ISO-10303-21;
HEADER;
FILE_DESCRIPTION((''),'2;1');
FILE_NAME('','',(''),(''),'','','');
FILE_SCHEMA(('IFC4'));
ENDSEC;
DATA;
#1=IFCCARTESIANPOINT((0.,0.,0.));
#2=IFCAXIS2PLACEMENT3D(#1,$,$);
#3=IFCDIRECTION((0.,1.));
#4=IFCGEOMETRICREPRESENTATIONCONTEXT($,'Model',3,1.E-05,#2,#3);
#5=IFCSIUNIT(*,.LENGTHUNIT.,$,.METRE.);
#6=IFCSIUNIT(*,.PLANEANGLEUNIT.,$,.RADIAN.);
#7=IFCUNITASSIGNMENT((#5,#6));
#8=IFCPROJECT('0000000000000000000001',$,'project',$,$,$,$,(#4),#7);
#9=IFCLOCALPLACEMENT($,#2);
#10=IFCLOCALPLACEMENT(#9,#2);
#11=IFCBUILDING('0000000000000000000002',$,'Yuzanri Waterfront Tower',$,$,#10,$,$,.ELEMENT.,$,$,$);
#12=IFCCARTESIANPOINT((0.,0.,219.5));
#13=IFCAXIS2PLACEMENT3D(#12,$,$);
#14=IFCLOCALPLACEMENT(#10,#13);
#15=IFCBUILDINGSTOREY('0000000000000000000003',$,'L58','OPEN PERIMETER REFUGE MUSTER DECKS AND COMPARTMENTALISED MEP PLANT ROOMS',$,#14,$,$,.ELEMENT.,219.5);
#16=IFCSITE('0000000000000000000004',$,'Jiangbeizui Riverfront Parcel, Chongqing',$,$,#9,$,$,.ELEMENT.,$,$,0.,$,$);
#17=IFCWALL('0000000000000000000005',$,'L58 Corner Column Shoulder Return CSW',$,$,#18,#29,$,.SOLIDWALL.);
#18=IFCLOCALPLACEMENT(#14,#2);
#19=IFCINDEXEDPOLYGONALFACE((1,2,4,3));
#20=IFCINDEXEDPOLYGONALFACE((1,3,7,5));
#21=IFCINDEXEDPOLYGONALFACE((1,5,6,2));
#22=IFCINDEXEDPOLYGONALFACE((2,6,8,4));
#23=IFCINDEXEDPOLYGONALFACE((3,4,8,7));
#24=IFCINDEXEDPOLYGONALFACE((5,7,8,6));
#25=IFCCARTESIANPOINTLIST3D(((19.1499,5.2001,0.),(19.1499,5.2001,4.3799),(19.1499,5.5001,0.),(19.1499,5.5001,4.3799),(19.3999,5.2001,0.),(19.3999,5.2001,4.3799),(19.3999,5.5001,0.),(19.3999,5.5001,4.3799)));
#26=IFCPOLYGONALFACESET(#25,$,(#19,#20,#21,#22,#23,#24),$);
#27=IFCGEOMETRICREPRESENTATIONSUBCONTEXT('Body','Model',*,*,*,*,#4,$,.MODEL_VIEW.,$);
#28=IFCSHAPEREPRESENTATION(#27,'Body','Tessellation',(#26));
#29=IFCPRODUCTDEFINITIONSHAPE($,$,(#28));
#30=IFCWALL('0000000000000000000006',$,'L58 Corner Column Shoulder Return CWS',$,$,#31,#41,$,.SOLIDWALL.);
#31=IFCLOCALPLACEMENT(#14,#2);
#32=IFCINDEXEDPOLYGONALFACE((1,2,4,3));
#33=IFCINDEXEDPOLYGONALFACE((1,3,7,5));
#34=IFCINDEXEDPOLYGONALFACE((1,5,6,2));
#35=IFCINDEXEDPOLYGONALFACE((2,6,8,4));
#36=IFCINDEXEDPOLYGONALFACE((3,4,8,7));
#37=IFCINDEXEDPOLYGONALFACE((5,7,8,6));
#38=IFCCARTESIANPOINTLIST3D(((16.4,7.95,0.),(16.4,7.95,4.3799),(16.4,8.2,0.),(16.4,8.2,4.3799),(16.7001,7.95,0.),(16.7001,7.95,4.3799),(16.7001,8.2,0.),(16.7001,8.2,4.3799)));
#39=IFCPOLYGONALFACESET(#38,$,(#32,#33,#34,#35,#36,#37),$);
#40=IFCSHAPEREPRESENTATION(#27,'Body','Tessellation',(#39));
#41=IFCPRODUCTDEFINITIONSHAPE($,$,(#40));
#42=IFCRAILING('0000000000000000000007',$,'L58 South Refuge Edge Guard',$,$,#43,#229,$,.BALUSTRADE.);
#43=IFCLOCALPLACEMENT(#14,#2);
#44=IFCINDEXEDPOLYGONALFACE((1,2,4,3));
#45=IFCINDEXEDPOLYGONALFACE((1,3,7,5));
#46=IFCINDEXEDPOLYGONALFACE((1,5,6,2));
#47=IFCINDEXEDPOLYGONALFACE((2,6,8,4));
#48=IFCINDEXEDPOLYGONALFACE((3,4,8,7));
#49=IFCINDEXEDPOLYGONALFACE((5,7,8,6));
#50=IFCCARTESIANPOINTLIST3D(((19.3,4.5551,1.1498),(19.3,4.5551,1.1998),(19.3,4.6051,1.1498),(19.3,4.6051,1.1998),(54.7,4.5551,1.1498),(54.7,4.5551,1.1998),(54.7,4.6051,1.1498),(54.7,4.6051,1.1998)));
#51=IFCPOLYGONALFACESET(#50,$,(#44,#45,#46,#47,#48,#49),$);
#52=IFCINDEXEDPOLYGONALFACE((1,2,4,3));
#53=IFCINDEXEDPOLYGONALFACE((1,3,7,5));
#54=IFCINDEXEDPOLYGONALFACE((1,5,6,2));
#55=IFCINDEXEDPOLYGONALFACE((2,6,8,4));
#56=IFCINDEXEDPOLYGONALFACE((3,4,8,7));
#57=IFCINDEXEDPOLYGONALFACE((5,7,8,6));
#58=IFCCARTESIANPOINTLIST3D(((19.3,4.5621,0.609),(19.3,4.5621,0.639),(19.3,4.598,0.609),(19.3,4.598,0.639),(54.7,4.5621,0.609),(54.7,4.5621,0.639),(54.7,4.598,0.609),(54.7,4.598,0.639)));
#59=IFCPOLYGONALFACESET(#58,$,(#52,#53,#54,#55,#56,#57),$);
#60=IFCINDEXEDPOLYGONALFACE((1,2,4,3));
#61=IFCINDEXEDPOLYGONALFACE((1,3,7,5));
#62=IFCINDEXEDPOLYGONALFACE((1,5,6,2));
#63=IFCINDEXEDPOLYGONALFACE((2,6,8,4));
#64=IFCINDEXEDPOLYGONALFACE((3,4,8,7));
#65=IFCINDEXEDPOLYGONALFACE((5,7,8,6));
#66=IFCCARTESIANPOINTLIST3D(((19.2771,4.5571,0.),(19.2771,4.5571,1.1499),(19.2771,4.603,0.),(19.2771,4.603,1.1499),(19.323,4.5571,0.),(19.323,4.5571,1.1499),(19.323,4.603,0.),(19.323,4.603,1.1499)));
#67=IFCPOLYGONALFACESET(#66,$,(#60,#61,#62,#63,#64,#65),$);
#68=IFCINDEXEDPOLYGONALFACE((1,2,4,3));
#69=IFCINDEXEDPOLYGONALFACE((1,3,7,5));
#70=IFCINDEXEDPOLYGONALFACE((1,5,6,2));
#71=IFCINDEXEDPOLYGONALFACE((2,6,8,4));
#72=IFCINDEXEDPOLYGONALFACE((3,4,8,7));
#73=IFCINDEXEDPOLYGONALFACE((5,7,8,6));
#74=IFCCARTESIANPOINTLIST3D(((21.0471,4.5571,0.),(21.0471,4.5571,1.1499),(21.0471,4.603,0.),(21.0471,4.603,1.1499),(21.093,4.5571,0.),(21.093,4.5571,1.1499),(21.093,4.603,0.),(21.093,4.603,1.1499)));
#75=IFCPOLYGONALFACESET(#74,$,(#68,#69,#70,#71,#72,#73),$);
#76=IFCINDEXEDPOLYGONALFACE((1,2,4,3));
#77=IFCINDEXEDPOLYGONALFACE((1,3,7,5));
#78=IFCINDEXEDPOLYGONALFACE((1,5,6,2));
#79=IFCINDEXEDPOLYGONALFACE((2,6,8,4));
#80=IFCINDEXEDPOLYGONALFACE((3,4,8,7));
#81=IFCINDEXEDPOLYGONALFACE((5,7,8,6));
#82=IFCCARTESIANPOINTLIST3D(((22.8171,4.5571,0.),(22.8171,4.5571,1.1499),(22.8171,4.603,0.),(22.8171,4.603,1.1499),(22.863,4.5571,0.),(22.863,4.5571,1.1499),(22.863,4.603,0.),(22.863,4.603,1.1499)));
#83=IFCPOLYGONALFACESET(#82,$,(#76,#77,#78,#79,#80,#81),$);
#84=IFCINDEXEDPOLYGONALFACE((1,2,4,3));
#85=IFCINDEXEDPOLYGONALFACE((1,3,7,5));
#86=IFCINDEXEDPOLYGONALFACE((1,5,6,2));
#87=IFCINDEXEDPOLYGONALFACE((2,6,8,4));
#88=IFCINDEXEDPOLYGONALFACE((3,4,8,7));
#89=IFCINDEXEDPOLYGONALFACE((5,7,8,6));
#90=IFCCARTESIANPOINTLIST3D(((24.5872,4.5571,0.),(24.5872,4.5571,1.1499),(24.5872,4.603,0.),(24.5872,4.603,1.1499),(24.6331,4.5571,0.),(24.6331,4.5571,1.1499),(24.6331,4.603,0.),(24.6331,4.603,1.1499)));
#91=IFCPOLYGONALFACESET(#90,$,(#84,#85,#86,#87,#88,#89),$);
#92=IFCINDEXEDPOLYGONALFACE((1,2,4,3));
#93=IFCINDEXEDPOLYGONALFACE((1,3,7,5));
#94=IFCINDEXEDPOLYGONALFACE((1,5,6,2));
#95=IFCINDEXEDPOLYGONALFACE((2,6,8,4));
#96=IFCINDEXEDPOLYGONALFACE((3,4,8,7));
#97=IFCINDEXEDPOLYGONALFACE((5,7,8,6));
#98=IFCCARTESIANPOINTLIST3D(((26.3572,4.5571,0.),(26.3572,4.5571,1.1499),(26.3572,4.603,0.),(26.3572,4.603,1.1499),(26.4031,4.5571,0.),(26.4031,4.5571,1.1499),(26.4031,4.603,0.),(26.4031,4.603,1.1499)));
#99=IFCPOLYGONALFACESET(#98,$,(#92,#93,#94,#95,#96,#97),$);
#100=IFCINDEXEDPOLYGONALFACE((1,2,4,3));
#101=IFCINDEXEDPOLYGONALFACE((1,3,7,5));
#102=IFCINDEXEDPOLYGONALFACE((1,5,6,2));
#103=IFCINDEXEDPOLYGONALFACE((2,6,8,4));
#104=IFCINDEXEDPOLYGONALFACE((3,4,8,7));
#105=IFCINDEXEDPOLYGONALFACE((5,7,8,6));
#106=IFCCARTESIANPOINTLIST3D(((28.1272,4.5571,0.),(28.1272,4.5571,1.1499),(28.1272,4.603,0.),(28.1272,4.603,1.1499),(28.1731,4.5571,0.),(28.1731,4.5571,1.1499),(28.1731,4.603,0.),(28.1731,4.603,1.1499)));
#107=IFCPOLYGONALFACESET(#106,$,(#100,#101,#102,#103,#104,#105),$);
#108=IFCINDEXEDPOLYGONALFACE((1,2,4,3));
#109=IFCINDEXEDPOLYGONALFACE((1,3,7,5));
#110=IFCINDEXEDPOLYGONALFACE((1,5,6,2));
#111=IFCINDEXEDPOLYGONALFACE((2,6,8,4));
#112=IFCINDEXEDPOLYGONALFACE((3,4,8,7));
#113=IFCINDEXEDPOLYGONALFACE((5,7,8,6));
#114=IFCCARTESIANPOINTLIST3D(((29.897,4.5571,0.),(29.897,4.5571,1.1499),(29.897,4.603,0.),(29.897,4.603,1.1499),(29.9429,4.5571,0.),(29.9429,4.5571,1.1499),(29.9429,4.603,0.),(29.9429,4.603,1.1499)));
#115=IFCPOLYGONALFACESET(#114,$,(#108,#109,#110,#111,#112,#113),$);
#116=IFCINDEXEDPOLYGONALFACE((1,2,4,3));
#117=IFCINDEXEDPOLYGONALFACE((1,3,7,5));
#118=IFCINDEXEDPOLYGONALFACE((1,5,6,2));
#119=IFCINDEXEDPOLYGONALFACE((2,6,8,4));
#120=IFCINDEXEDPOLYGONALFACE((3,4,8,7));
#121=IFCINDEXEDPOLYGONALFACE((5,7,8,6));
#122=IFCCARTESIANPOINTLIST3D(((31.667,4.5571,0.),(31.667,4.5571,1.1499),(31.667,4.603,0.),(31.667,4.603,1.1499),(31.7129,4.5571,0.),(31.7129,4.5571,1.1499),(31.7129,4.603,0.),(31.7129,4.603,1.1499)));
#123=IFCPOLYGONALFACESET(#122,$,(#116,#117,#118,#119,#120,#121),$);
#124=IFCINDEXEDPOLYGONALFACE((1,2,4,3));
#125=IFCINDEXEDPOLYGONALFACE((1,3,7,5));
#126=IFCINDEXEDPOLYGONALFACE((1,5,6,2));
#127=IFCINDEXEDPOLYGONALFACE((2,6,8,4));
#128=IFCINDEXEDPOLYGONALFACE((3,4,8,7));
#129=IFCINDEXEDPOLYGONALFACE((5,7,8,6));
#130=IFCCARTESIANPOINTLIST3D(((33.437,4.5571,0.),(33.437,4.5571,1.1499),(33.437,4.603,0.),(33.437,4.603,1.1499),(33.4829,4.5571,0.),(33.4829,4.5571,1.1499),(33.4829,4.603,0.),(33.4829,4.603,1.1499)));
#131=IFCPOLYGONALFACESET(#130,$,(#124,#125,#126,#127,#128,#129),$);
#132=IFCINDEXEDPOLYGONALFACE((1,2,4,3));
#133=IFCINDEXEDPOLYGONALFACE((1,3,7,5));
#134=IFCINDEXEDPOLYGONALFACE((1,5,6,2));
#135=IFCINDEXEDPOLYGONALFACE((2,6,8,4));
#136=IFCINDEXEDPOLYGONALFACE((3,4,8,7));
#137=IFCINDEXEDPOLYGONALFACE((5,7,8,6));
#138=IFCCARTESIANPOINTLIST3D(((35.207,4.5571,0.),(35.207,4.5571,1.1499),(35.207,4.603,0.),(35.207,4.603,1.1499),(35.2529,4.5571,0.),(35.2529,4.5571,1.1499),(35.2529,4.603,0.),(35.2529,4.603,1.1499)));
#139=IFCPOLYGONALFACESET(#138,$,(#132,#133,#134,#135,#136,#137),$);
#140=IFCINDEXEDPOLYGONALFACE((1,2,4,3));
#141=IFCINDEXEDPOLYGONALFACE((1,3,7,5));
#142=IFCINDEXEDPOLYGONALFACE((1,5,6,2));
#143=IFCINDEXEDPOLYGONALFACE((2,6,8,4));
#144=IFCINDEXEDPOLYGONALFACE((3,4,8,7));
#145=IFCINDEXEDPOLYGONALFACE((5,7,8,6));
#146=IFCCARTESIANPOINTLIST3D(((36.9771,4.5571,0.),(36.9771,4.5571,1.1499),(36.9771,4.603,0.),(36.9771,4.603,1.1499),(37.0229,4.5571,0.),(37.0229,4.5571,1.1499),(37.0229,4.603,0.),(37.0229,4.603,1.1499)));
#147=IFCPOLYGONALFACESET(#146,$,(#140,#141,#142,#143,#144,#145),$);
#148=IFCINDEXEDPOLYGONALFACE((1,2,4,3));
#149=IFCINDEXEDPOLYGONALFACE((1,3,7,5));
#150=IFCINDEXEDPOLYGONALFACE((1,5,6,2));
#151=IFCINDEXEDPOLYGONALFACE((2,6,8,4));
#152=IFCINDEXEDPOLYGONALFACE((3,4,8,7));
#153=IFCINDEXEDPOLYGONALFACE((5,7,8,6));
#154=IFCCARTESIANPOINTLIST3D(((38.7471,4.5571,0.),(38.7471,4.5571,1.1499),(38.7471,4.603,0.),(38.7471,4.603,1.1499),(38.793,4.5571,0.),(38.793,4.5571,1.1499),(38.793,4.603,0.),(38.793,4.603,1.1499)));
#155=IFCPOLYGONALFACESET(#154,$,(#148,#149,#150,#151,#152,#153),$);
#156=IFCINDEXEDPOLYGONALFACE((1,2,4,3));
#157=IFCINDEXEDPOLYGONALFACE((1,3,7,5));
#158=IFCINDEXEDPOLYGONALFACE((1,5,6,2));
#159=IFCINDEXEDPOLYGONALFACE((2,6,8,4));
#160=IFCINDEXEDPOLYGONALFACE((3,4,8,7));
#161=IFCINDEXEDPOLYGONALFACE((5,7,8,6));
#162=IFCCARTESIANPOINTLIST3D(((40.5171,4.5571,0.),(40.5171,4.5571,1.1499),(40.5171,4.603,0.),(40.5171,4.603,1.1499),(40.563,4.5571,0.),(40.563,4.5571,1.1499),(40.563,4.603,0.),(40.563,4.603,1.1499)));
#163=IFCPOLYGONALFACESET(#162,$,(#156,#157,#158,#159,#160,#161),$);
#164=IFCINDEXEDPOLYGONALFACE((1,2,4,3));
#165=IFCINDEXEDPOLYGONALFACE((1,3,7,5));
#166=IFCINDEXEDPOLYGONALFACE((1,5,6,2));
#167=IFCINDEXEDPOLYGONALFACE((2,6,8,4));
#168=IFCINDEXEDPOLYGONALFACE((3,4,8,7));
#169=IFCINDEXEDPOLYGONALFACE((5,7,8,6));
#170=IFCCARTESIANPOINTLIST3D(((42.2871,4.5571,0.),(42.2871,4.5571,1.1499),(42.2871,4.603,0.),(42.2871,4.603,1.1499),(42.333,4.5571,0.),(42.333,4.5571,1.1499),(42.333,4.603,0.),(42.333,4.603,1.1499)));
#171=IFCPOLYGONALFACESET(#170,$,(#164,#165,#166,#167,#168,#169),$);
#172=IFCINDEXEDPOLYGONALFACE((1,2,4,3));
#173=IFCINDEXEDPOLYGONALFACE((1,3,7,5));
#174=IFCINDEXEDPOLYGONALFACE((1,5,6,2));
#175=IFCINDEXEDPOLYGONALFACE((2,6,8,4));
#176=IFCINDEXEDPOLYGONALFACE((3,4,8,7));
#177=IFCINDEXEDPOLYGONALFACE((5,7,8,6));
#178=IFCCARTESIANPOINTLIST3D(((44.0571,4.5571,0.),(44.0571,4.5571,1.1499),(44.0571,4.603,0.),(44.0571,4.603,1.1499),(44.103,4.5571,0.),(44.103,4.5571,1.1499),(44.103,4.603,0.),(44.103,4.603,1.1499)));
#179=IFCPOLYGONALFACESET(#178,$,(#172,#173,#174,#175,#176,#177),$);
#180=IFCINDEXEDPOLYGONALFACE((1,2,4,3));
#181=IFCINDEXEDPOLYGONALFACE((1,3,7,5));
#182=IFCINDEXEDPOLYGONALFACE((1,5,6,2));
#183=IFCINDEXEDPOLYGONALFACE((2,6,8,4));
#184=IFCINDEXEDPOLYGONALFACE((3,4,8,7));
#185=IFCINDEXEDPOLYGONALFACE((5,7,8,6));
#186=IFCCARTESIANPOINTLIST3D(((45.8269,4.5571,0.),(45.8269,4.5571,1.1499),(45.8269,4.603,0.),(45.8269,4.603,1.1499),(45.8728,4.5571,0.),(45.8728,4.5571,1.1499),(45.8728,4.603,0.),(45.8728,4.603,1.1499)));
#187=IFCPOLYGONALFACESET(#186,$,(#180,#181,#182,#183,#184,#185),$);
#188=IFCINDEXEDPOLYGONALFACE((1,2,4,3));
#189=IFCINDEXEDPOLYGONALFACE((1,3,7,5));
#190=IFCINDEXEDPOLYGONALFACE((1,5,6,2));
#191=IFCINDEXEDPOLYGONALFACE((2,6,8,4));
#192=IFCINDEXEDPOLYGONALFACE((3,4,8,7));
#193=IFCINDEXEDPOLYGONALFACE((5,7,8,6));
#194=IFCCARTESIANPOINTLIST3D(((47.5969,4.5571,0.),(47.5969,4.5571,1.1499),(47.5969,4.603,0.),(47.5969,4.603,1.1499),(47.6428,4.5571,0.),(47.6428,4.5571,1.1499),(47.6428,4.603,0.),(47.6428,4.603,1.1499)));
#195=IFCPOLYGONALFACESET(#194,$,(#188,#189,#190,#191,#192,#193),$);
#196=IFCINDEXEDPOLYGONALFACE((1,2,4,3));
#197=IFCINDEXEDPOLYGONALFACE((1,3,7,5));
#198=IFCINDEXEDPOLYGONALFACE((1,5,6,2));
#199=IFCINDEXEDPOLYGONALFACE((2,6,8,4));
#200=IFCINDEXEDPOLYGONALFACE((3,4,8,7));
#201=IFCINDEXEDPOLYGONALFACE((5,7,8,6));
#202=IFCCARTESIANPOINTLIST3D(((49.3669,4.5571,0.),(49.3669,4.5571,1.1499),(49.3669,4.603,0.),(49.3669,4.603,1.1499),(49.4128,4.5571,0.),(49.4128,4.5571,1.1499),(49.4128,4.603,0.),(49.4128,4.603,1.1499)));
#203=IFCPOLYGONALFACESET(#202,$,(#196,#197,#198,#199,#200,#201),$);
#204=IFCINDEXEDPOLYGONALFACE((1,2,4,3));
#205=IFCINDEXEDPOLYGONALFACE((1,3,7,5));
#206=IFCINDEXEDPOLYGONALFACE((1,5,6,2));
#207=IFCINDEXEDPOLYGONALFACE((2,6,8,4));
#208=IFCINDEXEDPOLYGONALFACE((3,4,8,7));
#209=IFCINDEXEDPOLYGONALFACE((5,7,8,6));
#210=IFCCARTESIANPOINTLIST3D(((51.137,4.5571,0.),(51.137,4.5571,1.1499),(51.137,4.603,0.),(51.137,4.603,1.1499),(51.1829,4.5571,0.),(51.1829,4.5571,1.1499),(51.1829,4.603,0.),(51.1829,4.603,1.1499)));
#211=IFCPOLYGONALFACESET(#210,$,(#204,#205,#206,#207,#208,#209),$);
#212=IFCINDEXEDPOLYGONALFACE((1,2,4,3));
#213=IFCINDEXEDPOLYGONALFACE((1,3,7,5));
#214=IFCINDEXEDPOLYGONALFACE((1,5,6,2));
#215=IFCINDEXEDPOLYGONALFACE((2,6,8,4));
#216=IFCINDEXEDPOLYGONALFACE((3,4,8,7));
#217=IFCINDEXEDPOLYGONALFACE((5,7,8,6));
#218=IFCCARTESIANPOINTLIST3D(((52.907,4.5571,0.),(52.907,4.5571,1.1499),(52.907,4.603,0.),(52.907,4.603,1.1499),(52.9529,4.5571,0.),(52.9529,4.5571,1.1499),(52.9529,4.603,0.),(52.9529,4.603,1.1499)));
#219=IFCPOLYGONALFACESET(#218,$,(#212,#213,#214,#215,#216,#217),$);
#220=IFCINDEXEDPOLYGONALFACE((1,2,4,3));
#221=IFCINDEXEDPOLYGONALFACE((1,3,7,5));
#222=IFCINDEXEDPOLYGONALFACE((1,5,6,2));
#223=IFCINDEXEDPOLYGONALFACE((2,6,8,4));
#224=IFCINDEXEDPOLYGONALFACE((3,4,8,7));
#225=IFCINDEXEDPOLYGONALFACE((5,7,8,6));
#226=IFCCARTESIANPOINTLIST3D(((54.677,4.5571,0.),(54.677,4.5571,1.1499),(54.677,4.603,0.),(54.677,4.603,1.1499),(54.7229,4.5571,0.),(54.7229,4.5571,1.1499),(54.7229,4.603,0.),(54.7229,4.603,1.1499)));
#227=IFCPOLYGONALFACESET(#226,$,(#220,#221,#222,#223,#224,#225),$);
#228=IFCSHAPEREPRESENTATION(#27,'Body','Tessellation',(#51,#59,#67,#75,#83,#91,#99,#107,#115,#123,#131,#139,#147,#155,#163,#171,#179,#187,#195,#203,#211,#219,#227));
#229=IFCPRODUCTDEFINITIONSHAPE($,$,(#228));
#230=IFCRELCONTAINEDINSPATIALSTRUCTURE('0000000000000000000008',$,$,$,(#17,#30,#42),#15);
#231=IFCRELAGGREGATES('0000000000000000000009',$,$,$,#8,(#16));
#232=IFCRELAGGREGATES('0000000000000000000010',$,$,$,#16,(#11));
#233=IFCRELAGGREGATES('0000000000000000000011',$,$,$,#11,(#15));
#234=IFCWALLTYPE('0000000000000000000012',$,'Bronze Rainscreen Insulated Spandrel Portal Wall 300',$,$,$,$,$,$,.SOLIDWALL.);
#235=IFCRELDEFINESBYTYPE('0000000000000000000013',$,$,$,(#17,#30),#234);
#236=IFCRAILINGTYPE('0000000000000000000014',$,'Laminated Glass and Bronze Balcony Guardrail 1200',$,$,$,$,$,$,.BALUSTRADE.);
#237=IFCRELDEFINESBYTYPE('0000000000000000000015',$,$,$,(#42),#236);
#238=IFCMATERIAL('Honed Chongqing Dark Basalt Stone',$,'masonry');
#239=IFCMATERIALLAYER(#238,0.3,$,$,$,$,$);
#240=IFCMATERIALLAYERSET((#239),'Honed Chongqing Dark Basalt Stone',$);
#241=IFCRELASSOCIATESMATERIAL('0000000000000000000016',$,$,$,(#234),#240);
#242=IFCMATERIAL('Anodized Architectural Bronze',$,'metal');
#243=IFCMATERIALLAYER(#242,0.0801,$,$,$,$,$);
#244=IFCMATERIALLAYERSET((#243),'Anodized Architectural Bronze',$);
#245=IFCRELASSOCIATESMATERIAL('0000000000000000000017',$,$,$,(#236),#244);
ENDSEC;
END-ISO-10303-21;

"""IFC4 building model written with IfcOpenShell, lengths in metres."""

from ifc_helpers import new_model, si_unit, direction, frame, frame_2d, origin, origin_2d, place, context, subcontext, project, spatial, rectangle, extrude, source, transform, mapped, material, layer, layer_set, type_object, element, save


model = new_model("IFC4")

# Units and contexts
model_context = context("Model", 3, precision=1e-05, world=origin(), true_north=direction((0.0, 1.0)))
body_context = subcontext(model_context, "Body", "Model", "MODEL_VIEW")
ifc_project = project(units=[si_unit("LENGTHUNIT", "METRE"), si_unit("PLANEANGLEUNIT", "RADIAN")], contexts=[model_context])

# Site, building, storey
site_placement = place(None, origin())
site = spatial("IfcSite", under=ifc_project, at=site_placement, Name="Jiangbeizui Riverfront Parcel, Chongqing", CompositionType="ELEMENT", RefElevation=0.0)
building_placement = place(site_placement, origin())
building = spatial("IfcBuilding", under=site, at=building_placement, Name="Yuzanri Waterfront Tower", CompositionType="ELEMENT")
storey_placement = place(building_placement, frame((0.0, 0.0, 219.5)))
storey = spatial("IfcBuildingStorey", under=building, at=storey_placement, Name="L58", Description="OPEN PERIMETER REFUGE MUSTER DECKS AND COMPARTMENTALISED MEP PLANT ROOMS", CompositionType="ELEMENT", Elevation=219.5)

# Walls
ifc_material_1 = material(Name="Honed Chongqing Dark Basalt Stone", Category="masonry")
ifc_layer_1 = layer(ifc_material_1, 0.3)
ifc_layer_set_1 = layer_set([ifc_layer_1], Name="Honed Chongqing Dark Basalt Stone")
wall_type = type_object("IfcWallType", Name="Bronze Rainscreen Insulated Spandrel Portal Wall 300", PredefinedType="SOLIDWALL", material=ifc_layer_set_1)
shared_shape_1 = source(origin(), body_context, "Body", "SweptSolid", [
    extrude(rectangle(XDim=0.25, YDim=0.3, at=frame_2d((0.125, 0.0))), origin(), (0.0, 0.0, 1.0), 4.3799),
])
for number, where, z_axis, x_axis, name in (
    (1, (19.1499, 5.3501, 0.0), (0.0, 0.0, 1.0), (1.0, 0.0, 0.0), "L58 Corner Column Shoulder Return CSW"),
    (2, (16.55, 7.95, 0.0), (0.0, 0.0, 1.0), (0.0, 1.0, 0.0), "L58 Corner Column Shoulder Return CWS"),
):
    element("IfcWall", number, at=place(storey_placement, frame(where, z_axis=z_axis, x_axis=x_axis)), inside=storey, type_object=wall_type, Name=name, PredefinedType="SOLIDWALL", context=body_context, shape_type="MappedRepresentation", body=[
        mapped(shared_shape_1, transform((0.0, 0.0, 0.0), scale=1.0)),
    ])

# Railing
ifc_material_2 = material(Name="Anodized Architectural Bronze", Category="metal")
ifc_layer_2 = layer(ifc_material_2, 0.0801)
ifc_layer_set_2 = layer_set([ifc_layer_2], Name="Anodized Architectural Bronze")
railing_type = type_object("IfcRailingType", Name="Laminated Glass and Bronze Balcony Guardrail 1200", PredefinedType="BALUSTRADE", material=ifc_layer_set_2)
shared_shape_2 = source(origin(), body_context, "Body", "SweptSolid", [
    extrude(rectangle(XDim=0.05, YDim=0.05, at=origin_2d()), frame((0.0, 0.0, 1.1748), z_axis=(1.0, 0.0, 0.0), x_axis=(0.0, 1.0, 0.0)), (0.0, 0.0, 1.0), 35.3999),
    extrude(rectangle(XDim=0.0359, YDim=0.03, at=origin_2d()), frame((0.0, 0.0, 0.624), z_axis=(1.0, 0.0, 0.0), x_axis=(0.0, 1.0, 0.0)), (0.0, 0.0, 1.0), 35.3999),
    extrude(rectangle(XDim=0.0459, YDim=0.0459, at=origin_2d()), origin(), (0.0, 0.0, 1.0), 1.1499),
    extrude(rectangle(XDim=0.0459, YDim=0.0459, at=origin_2d()), frame((1.77, 0.0, 0.0)), (0.0, 0.0, 1.0), 1.1499),
    extrude(rectangle(XDim=0.0459, YDim=0.0459, at=origin_2d()), frame((3.54, 0.0, 0.0)), (0.0, 0.0, 1.0), 1.1499),
    extrude(rectangle(XDim=0.0459, YDim=0.0459, at=origin_2d()), frame((5.3101, 0.0, 0.0)), (0.0, 0.0, 1.0), 1.1499),
    extrude(rectangle(XDim=0.0459, YDim=0.0459, at=origin_2d()), frame((7.0801, 0.0, 0.0)), (0.0, 0.0, 1.0), 1.1499),
    extrude(rectangle(XDim=0.0459, YDim=0.0459, at=origin_2d()), frame((8.8501, 0.0, 0.0)), (0.0, 0.0, 1.0), 1.1499),
    extrude(rectangle(XDim=0.0459, YDim=0.0459, at=origin_2d()), frame((10.6199, 0.0, 0.0)), (0.0, 0.0, 1.0), 1.1499),
    extrude(rectangle(XDim=0.0459, YDim=0.0459, at=origin_2d()), frame((12.3899, 0.0, 0.0)), (0.0, 0.0, 1.0), 1.1499),
    extrude(rectangle(XDim=0.0459, YDim=0.0459, at=origin_2d()), frame((14.1599, 0.0, 0.0)), (0.0, 0.0, 1.0), 1.1499),
    extrude(rectangle(XDim=0.0459, YDim=0.0459, at=origin_2d()), frame((15.9299, 0.0, 0.0)), (0.0, 0.0, 1.0), 1.1499),
    extrude(rectangle(XDim=0.0459, YDim=0.0459, at=origin_2d()), frame((17.7, 0.0, 0.0)), (0.0, 0.0, 1.0), 1.1499),
    extrude(rectangle(XDim=0.0459, YDim=0.0459, at=origin_2d()), frame((19.47, 0.0, 0.0)), (0.0, 0.0, 1.0), 1.1499),
    extrude(rectangle(XDim=0.0459, YDim=0.0459, at=origin_2d()), frame((21.24, 0.0, 0.0)), (0.0, 0.0, 1.0), 1.1499),
    extrude(rectangle(XDim=0.0459, YDim=0.0459, at=origin_2d()), frame((23.01, 0.0, 0.0)), (0.0, 0.0, 1.0), 1.1499),
    extrude(rectangle(XDim=0.0459, YDim=0.0459, at=origin_2d()), frame((24.78, 0.0, 0.0)), (0.0, 0.0, 1.0), 1.1499),
    extrude(rectangle(XDim=0.0459, YDim=0.0459, at=origin_2d()), frame((26.5498, 0.0, 0.0)), (0.0, 0.0, 1.0), 1.1499),
    extrude(rectangle(XDim=0.0459, YDim=0.0459, at=origin_2d()), frame((28.3198, 0.0, 0.0)), (0.0, 0.0, 1.0), 1.1499),
    extrude(rectangle(XDim=0.0459, YDim=0.0459, at=origin_2d()), frame((30.0898, 0.0, 0.0)), (0.0, 0.0, 1.0), 1.1499),
    extrude(rectangle(XDim=0.0459, YDim=0.0459, at=origin_2d()), frame((31.8599, 0.0, 0.0)), (0.0, 0.0, 1.0), 1.1499),
    extrude(rectangle(XDim=0.0459, YDim=0.0459, at=origin_2d()), frame((33.6299, 0.0, 0.0)), (0.0, 0.0, 1.0), 1.1499),
    extrude(rectangle(XDim=0.0459, YDim=0.0459, at=origin_2d()), frame((35.3999, 0.0, 0.0)), (0.0, 0.0, 1.0), 1.1499),
])
railing_1_placement = place(storey_placement, frame((19.3, 4.5801, 0.0)))
element("IfcRailing", 3, at=railing_1_placement, inside=storey, type_object=railing_type, Name="L58 South Refuge Edge Guard", PredefinedType="BALUSTRADE", context=body_context, shape_type="MappedRepresentation", body=[
    mapped(shared_shape_2, transform((0.0, 0.0, 0.0), scale=1.0)),
])

save(model, "model.ifc")
